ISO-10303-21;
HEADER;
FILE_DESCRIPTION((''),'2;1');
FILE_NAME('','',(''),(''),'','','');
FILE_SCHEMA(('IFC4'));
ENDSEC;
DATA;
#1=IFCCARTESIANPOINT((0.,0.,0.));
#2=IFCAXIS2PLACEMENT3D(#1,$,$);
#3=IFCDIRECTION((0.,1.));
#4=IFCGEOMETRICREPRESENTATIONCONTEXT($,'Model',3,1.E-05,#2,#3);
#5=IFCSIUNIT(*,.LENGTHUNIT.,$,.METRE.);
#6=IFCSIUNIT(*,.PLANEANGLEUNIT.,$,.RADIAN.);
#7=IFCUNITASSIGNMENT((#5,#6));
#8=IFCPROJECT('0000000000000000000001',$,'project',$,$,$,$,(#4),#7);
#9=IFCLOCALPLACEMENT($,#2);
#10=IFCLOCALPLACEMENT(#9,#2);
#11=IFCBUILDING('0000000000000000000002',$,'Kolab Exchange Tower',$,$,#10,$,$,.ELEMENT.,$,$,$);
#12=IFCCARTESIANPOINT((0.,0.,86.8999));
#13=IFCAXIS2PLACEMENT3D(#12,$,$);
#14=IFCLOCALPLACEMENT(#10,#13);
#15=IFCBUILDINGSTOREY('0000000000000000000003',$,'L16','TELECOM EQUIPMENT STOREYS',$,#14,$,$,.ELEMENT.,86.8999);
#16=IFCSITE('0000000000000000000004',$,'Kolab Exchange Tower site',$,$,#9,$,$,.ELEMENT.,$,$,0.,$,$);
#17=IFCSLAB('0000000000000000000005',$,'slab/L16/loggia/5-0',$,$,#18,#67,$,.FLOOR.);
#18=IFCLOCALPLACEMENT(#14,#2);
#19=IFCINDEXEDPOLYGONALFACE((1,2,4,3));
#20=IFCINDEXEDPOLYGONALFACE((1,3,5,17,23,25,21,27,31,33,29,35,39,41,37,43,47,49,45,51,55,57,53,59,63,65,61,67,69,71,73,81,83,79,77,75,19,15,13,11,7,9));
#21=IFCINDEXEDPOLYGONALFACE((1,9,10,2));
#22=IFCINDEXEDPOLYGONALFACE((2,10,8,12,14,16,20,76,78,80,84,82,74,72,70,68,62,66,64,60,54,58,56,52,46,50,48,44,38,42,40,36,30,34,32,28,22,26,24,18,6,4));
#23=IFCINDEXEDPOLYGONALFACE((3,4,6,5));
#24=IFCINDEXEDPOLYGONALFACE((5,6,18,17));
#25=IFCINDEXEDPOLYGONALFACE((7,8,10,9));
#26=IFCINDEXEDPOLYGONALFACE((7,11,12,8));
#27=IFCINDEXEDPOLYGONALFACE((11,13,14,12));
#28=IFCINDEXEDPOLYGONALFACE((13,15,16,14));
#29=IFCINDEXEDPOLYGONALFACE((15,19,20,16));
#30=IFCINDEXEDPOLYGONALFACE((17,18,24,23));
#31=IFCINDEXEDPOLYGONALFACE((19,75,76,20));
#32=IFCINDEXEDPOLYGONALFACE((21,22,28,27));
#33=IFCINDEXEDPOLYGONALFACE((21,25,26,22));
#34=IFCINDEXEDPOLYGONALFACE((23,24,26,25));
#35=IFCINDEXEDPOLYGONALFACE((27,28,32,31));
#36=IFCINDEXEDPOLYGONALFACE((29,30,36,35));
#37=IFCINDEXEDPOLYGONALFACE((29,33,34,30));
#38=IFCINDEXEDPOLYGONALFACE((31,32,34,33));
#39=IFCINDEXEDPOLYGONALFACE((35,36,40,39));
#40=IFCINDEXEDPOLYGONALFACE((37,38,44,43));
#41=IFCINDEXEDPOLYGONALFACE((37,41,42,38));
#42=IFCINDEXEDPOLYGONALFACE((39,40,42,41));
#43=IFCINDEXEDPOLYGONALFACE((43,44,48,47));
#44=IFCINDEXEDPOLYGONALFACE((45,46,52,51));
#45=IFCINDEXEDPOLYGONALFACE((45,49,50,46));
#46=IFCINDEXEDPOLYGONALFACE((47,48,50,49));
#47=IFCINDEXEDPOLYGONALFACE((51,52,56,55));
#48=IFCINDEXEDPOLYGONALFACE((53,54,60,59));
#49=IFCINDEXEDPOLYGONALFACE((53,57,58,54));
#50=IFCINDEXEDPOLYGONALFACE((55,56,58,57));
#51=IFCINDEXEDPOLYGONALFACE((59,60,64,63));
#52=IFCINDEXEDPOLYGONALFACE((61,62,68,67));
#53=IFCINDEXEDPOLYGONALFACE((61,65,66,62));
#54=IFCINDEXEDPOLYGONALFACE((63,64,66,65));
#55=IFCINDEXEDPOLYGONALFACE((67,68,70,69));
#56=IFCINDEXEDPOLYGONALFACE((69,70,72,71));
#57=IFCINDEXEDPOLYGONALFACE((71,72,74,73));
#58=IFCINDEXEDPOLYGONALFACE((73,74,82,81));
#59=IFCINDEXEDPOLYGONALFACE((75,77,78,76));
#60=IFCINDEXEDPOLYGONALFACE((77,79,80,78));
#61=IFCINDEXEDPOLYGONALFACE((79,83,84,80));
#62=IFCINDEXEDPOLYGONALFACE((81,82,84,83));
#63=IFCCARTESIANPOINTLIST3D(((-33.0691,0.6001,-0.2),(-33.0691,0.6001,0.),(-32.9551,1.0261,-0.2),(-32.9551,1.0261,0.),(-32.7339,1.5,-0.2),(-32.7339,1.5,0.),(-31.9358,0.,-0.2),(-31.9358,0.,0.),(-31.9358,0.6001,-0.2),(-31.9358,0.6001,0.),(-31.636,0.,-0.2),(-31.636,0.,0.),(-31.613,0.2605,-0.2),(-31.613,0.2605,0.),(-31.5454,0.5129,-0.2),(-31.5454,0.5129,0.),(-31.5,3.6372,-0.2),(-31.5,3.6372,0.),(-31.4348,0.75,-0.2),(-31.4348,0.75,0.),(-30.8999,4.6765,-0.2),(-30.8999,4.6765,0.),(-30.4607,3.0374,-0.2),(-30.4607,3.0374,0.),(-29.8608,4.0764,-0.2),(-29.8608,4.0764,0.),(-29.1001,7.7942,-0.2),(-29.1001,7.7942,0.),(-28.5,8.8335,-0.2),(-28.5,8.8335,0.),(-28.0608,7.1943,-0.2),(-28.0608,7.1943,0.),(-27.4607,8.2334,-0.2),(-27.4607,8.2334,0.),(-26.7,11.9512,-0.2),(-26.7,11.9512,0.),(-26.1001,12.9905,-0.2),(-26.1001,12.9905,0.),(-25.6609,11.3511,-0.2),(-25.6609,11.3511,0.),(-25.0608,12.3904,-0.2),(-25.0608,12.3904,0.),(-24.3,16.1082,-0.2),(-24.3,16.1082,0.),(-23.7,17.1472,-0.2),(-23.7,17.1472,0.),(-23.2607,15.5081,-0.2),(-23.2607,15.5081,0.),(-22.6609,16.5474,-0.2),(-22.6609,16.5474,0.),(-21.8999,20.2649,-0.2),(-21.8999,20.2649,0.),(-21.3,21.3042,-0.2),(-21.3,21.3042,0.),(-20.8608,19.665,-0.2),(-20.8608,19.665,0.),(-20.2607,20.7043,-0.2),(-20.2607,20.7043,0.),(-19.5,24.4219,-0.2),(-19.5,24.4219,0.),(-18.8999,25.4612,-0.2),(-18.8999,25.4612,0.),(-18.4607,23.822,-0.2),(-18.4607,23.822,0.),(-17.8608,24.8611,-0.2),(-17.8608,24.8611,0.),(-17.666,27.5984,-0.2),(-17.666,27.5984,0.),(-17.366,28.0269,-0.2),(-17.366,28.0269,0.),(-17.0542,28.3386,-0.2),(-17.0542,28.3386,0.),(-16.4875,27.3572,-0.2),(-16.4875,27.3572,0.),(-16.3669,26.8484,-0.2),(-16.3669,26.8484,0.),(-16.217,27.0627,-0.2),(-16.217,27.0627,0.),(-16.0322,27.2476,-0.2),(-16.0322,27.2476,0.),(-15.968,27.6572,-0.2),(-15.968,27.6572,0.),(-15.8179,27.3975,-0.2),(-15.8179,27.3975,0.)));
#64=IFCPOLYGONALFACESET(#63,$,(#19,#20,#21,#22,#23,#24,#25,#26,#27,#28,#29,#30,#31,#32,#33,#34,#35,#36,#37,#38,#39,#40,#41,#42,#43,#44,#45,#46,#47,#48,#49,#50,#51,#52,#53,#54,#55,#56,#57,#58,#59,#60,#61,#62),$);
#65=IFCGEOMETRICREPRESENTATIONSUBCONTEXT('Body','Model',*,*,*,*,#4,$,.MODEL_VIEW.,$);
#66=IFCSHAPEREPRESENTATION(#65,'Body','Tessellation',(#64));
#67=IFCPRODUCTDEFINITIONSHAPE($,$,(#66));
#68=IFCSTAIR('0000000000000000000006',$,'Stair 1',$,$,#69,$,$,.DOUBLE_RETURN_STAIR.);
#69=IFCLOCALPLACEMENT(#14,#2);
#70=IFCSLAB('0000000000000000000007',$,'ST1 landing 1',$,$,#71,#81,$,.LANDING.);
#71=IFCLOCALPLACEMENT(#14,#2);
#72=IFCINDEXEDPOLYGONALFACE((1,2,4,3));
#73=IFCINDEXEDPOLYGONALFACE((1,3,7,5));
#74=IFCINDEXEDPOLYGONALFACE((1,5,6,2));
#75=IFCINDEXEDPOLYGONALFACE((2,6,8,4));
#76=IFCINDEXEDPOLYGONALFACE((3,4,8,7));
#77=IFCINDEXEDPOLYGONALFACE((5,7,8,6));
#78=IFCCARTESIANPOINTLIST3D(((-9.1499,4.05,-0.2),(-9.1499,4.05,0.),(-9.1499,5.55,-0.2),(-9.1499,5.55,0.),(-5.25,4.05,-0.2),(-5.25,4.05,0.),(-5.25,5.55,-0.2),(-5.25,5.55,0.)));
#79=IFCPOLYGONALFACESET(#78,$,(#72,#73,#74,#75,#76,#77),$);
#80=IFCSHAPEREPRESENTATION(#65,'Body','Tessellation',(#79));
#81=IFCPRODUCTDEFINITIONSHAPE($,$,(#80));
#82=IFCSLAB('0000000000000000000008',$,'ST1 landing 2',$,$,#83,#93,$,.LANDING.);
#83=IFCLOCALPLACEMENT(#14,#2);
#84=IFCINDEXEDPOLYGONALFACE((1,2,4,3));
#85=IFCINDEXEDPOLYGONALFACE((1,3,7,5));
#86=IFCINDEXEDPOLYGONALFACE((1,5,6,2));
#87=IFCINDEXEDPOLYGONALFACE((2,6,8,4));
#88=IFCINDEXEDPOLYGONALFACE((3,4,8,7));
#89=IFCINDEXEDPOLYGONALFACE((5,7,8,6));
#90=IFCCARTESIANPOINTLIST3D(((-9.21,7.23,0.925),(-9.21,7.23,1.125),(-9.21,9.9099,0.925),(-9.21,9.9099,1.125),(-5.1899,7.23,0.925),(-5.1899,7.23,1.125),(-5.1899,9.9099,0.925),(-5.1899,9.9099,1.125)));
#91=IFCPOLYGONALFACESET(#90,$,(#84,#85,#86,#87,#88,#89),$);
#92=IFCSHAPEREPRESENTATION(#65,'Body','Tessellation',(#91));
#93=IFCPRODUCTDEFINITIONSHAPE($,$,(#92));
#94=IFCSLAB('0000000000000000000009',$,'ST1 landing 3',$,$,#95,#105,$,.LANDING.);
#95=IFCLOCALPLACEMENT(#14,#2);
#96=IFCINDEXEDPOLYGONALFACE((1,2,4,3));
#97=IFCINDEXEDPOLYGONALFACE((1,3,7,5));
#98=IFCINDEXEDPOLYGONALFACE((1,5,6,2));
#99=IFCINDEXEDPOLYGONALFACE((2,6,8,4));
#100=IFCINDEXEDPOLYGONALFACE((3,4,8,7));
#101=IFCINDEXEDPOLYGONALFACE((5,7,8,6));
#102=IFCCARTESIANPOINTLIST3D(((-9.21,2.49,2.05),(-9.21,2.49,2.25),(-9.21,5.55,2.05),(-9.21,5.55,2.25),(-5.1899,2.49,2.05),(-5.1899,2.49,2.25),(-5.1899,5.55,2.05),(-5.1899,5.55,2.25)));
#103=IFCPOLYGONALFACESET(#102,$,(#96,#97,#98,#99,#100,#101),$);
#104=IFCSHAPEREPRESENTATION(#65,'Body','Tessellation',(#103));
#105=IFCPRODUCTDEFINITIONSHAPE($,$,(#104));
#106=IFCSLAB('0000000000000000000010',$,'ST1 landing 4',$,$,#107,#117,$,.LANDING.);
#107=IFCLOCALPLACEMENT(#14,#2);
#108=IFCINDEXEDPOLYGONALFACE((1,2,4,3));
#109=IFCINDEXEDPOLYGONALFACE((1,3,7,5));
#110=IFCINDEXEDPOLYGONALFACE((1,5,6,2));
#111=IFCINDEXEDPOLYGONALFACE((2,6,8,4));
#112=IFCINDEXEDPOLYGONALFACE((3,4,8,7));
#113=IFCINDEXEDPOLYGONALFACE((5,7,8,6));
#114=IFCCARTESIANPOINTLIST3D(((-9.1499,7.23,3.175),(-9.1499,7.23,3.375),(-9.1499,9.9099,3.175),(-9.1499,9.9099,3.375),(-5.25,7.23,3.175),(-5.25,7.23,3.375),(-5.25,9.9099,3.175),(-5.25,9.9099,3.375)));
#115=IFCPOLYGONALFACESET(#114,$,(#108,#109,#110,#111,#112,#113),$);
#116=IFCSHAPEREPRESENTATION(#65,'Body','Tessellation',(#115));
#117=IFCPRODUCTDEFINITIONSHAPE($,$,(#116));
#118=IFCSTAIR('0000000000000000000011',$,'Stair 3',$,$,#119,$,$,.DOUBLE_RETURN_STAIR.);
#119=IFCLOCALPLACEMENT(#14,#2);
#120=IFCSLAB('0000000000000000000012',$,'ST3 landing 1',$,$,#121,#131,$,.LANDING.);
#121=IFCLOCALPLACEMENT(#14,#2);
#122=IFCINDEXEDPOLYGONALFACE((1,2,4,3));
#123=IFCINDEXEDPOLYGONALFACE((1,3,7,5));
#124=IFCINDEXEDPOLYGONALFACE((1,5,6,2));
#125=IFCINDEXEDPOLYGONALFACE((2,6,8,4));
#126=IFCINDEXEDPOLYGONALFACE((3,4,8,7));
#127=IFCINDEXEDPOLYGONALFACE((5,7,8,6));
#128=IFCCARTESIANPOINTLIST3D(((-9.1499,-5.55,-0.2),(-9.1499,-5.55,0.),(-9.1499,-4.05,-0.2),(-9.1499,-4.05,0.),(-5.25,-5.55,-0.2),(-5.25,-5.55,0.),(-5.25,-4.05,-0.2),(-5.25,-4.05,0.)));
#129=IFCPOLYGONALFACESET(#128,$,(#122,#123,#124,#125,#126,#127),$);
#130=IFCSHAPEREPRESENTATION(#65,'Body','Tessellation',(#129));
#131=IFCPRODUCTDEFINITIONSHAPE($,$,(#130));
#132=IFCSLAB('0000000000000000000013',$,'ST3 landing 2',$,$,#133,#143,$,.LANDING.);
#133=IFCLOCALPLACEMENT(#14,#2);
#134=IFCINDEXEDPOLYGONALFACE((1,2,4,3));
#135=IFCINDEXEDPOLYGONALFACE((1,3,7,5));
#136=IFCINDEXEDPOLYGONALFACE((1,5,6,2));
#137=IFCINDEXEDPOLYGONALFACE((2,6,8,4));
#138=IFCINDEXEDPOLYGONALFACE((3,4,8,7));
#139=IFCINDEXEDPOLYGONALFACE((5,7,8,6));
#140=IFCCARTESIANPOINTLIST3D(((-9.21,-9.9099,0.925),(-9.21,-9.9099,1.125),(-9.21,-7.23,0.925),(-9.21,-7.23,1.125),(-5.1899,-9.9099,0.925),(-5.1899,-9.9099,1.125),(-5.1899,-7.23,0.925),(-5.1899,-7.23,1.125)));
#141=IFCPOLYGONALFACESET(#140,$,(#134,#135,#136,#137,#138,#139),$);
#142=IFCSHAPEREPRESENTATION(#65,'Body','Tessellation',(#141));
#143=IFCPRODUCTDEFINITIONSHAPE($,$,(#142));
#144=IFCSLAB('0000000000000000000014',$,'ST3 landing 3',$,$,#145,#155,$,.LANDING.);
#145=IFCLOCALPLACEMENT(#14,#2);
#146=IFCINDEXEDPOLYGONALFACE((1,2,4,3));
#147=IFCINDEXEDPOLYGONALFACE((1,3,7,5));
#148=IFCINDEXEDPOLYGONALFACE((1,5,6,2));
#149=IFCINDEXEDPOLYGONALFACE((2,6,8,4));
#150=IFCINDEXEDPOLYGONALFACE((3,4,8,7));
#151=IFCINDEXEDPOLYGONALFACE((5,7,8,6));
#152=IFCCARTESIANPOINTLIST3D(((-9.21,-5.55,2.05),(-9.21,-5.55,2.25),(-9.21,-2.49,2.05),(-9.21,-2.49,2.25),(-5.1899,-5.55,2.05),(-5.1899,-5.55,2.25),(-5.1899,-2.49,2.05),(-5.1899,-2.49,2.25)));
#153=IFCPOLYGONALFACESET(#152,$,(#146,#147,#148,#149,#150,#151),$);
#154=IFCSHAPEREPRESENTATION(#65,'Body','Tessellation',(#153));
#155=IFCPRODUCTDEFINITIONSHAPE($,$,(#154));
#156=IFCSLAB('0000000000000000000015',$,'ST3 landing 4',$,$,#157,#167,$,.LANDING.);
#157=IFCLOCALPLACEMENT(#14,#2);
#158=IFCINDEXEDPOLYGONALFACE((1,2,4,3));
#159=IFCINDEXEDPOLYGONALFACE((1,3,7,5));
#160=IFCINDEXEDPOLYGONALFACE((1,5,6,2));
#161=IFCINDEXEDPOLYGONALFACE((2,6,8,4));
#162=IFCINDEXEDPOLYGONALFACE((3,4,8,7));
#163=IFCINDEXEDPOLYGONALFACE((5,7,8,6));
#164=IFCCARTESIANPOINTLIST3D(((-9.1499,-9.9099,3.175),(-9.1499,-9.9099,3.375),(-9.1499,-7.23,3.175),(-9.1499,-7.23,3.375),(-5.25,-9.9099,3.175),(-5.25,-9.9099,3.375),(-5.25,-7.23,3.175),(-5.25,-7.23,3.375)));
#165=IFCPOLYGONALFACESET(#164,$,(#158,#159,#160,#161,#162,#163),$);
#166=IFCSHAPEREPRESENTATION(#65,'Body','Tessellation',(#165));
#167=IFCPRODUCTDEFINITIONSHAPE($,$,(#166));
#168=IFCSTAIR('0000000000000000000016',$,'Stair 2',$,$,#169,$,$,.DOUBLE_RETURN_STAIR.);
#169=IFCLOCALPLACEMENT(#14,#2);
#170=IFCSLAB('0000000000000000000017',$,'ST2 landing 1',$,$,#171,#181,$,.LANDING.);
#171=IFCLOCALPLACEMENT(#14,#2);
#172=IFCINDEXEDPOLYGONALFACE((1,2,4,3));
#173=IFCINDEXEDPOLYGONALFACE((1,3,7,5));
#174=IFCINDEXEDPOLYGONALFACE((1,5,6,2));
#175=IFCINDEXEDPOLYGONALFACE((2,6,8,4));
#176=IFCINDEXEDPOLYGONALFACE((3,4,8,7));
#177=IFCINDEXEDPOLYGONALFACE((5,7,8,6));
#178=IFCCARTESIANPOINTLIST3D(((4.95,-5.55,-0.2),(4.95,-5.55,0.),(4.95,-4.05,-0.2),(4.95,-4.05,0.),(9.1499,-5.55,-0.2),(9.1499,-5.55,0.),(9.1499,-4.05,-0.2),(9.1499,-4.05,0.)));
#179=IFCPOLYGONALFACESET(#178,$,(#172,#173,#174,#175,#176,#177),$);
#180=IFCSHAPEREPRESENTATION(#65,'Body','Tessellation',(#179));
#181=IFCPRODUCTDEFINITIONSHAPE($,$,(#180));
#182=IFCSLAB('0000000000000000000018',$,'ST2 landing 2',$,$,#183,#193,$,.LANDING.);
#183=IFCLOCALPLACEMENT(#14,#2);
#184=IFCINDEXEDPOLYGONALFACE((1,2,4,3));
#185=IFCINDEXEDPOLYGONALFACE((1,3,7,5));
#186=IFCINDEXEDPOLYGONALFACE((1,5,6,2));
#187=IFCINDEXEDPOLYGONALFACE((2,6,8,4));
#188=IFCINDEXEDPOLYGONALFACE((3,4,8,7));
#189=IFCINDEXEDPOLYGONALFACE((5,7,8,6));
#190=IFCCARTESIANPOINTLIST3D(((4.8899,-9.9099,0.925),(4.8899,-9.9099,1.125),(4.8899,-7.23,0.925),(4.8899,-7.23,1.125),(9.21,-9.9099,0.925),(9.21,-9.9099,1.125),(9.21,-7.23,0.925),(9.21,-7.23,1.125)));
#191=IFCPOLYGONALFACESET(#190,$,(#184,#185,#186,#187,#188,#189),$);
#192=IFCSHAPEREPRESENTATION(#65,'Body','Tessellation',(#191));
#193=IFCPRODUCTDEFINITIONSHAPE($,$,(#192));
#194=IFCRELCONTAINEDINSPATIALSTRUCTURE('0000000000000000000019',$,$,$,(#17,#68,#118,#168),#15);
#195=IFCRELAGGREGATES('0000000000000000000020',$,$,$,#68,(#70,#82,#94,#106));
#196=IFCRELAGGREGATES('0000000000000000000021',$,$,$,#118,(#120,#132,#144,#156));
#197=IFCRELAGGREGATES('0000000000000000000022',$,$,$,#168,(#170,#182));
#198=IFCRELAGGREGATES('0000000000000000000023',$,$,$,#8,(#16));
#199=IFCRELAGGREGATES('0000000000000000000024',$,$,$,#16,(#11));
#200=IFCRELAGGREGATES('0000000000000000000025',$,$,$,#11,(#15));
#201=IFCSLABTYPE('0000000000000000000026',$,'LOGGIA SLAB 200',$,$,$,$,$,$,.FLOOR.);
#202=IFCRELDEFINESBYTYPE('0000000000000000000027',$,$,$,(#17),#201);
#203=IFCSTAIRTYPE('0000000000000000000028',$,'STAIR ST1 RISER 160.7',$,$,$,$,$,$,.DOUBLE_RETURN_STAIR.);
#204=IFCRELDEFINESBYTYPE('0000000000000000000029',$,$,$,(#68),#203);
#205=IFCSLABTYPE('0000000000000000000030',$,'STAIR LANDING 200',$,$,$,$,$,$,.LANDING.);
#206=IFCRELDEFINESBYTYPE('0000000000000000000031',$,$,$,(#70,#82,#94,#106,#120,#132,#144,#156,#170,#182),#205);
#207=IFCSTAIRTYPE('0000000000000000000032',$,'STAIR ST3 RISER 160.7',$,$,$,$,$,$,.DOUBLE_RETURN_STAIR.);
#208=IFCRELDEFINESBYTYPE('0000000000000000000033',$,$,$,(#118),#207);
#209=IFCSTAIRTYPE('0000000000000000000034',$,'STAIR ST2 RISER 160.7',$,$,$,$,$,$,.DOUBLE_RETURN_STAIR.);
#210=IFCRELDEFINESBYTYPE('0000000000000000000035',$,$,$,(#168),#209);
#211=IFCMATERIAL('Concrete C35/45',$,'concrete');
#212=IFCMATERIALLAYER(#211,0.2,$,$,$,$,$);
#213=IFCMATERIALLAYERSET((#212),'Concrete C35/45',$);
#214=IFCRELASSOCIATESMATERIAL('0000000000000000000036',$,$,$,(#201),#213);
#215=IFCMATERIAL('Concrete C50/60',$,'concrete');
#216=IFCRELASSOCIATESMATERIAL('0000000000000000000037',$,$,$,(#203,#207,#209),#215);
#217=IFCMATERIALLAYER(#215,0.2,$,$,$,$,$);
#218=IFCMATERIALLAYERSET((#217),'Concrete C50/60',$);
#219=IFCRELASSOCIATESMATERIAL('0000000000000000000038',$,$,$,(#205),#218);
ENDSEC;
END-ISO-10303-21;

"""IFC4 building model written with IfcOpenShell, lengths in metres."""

from ifc_helpers import new_model, si_unit, direction, frame, origin, place, context, subcontext, project, spatial, polyline, outline, extrude, material, layer, layer_set, type_object, element, aggregate, save


model = new_model("IFC4")

# Units and contexts
model_context = context("Model", 3, precision=1e-05, world=origin(), true_north=direction((0.0, 1.0)))
body_context = subcontext(model_context, "Body", "Model", "MODEL_VIEW")
ifc_project = project(units=[si_unit("LENGTHUNIT", "METRE"), si_unit("PLANEANGLEUNIT", "RADIAN")], contexts=[model_context])

# Site, building, storey
site_placement = place(None, origin())
site = spatial("IfcSite", under=ifc_project, at=site_placement, Name="Kolab Exchange Tower site", CompositionType="ELEMENT", RefElevation=0.0)
building_placement = place(site_placement, origin())
building = spatial("IfcBuilding", under=site, at=building_placement, Name="Kolab Exchange Tower", CompositionType="ELEMENT")
storey_placement = place(building_placement, frame((0.0, 0.0, 86.8999)))
storey = spatial("IfcBuildingStorey", under=building, at=storey_placement, Name="L16", Description="TELECOM EQUIPMENT STOREYS", CompositionType="ELEMENT", Elevation=86.8999)

# Slab
ifc_material_1 = material(Name="Concrete C35/45", Category="concrete")
ifc_layer_1 = layer(ifc_material_1, 0.2)
ifc_layer_set_1 = layer_set([ifc_layer_1], Name="Concrete C35/45")
slab_type_1 = type_object("IfcSlabType", Name="LOGGIA SLAB 200", PredefinedType="FLOOR", material=ifc_layer_set_1)
slab_1_placement = place(storey_placement, frame((0.0, 0.0, -0.2)))
element("IfcSlab", 1, at=slab_1_placement, inside=storey, type_object=slab_type_1, Name="slab/L16/loggia/5-0", PredefinedType="FLOOR", context=body_context, shape_type="SweptSolid", body=[
    extrude(outline(polyline([(-15.8179, 27.3975), (-15.968, 27.6572), (-16.4875, 27.3572), (-17.0542, 28.3386), (-17.366, 28.0269), (-17.666, 27.5984), (-18.8999, 25.4612), (-17.8608, 24.8611), (-18.4607, 23.822), (-19.5, 24.4219), (-21.3, 21.3042), (-20.2607, 20.7043), (-20.8608, 19.665), (-21.8999, 20.2649), (-23.7, 17.1472), (-22.6609, 16.5474), (-23.2607, 15.5081), (-24.3, 16.1082), (-26.1001, 12.9905), (-25.0608, 12.3904), (-25.6609, 11.3511), (-26.7, 11.9512), (-28.5, 8.8335), (-27.4607, 8.2334), (-28.0608, 7.1943), (-29.1001, 7.7942), (-30.8999, 4.6765), (-29.8608, 4.0764), (-30.4607, 3.0374), (-31.5, 3.6372), (-32.7339, 1.5), (-32.9551, 1.0261), (-33.0691, 0.6001), (-31.9358, 0.6001), (-31.9358, 0.0), (-31.636, 0.0), (-31.613, 0.2605), (-31.5454, 0.5129), (-31.4348, 0.75), (-16.3669, 26.8484), (-16.217, 27.0627), (-16.0322, 27.2476), (-15.8179, 27.3975)])), origin(), (0.0, 0.0, 1.0), 0.2),
])

# Stairs, slabs
ifc_material_2 = material(Name="Concrete C50/60", Category="concrete")
stair_type_1 = type_object("IfcStairType", Name="STAIR ST1 RISER 160.7", PredefinedType="DOUBLE_RETURN_STAIR", material=ifc_material_2)
stair_1_placement = place(storey_placement, origin())
stair_1 = element("IfcStair", 2, at=stair_1_placement, inside=storey, type_object=stair_type_1, Name="Stair 1", PredefinedType="DOUBLE_RETURN_STAIR")
ifc_layer_2 = layer(ifc_material_2, 0.2)
ifc_layer_set_2 = layer_set([ifc_layer_2], Name="Concrete C50/60")
slab_type_2 = type_object("IfcSlabType", Name="STAIR LANDING 200", PredefinedType="LANDING", material=ifc_layer_set_2)
slab_2_placement = place(storey_placement, frame((0.0, 0.0, -0.2)))
slab_2 = element("IfcSlab", 3, at=slab_2_placement, type_object=slab_type_2, Name="ST1 landing 1", PredefinedType="LANDING", context=body_context, shape_type="SweptSolid", body=[
    extrude(outline(polyline([(-9.1499, 4.05), (-5.25, 4.05), (-5.25, 5.55), (-9.1499, 5.55), (-9.1499, 4.05)])), origin(), (0.0, 0.0, 1.0), 0.2),
])
slab_3_placement = place(storey_placement, frame((0.0, 0.0, 0.925)))
slab_3 = element("IfcSlab", 4, at=slab_3_placement, type_object=slab_type_2, Name="ST1 landing 2", PredefinedType="LANDING", context=body_context, shape_type="SweptSolid", body=[
    extrude(outline(polyline([(-9.21, 7.23), (-5.1899, 7.23), (-5.1899, 9.9099), (-9.21, 9.9099), (-9.21, 7.23)])), origin(), (0.0, 0.0, 1.0), 0.2),
])
slab_4_placement = place(storey_placement, frame((0.0, 0.0, 2.05)))
slab_4 = element("IfcSlab", 5, at=slab_4_placement, type_object=slab_type_2, Name="ST1 landing 3", PredefinedType="LANDING", context=body_context, shape_type="SweptSolid", body=[
    extrude(outline(polyline([(-9.21, 2.49), (-5.1899, 2.49), (-5.1899, 5.55), (-9.21, 5.55), (-9.21, 2.49)])), origin(), (0.0, 0.0, 1.0), 0.2),
])
slab_5_placement = place(storey_placement, frame((0.0, 0.0, 3.175)))
slab_5 = element("IfcSlab", 6, at=slab_5_placement, type_object=slab_type_2, Name="ST1 landing 4", PredefinedType="LANDING", context=body_context, shape_type="SweptSolid", body=[
    extrude(outline(polyline([(-9.1499, 7.23), (-5.25, 7.23), (-5.25, 9.9099), (-9.1499, 9.9099), (-9.1499, 7.23)])), origin(), (0.0, 0.0, 1.0), 0.2),
])
aggregate(stair_1, [slab_2, slab_3, slab_4, slab_5])
stair_type_2 = type_object("IfcStairType", Name="STAIR ST3 RISER 160.7", PredefinedType="DOUBLE_RETURN_STAIR", material=ifc_material_2)
stair_2_placement = place(storey_placement, origin())
stair_2 = element("IfcStair", 7, at=stair_2_placement, inside=storey, type_object=stair_type_2, Name="Stair 3", PredefinedType="DOUBLE_RETURN_STAIR")
slab_6_placement = place(storey_placement, frame((0.0, 0.0, -0.2)))
slab_6 = element("IfcSlab", 8, at=slab_6_placement, type_object=slab_type_2, Name="ST3 landing 1", PredefinedType="LANDING", context=body_context, shape_type="SweptSolid", body=[
    extrude(outline(polyline([(-9.1499, -5.55), (-5.25, -5.55), (-5.25, -4.05), (-9.1499, -4.05), (-9.1499, -5.55)])), origin(), (0.0, 0.0, 1.0), 0.2),
])
slab_7_placement = place(storey_placement, frame((0.0, 0.0, 0.925)))
slab_7 = element("IfcSlab", 9, at=slab_7_placement, type_object=slab_type_2, Name="ST3 landing 2", PredefinedType="LANDING", context=body_context, shape_type="SweptSolid", body=[
    extrude(outline(polyline([(-9.21, -9.9099), (-5.1899, -9.9099), (-5.1899, -7.23), (-9.21, -7.23), (-9.21, -9.9099)])), origin(), (0.0, 0.0, 1.0), 0.2),
])
slab_8_placement = place(storey_placement, frame((0.0, 0.0, 2.05)))
slab_8 = element("IfcSlab", 10, at=slab_8_placement, type_object=slab_type_2, Name="ST3 landing 3", PredefinedType="LANDING", context=body_context, shape_type="SweptSolid", body=[
    extrude(outline(polyline([(-9.21, -5.55), (-5.1899, -5.55), (-5.1899, -2.49), (-9.21, -2.49), (-9.21, -5.55)])), origin(), (0.0, 0.0, 1.0), 0.2),
])
slab_9_placement = place(storey_placement, frame((0.0, 0.0, 3.175)))
slab_9 = element("IfcSlab", 11, at=slab_9_placement, type_object=slab_type_2, Name="ST3 landing 4", PredefinedType="LANDING", context=body_context, shape_type="SweptSolid", body=[
    extrude(outline(polyline([(-9.1499, -9.9099), (-5.25, -9.9099), (-5.25, -7.23), (-9.1499, -7.23), (-9.1499, -9.9099)])), origin(), (0.0, 0.0, 1.0), 0.2),
])
aggregate(stair_2, [slab_6, slab_7, slab_8, slab_9])
stair_type_3 = type_object("IfcStairType", Name="STAIR ST2 RISER 160.7", PredefinedType="DOUBLE_RETURN_STAIR", material=ifc_material_2)
stair_3_placement = place(storey_placement, origin())
stair_3 = element("IfcStair", 12, at=stair_3_placement, inside=storey, type_object=stair_type_3, Name="Stair 2", PredefinedType="DOUBLE_RETURN_STAIR")
slab_10_placement = place(storey_placement, frame((0.0, 0.0, -0.2)))
slab_10 = element("IfcSlab", 13, at=slab_10_placement, type_object=slab_type_2, Name="ST2 landing 1", PredefinedType="LANDING", context=body_context, shape_type="SweptSolid", body=[
    extrude(outline(polyline([(4.95, -5.55), (9.1499, -5.55), (9.1499, -4.05), (4.95, -4.05), (4.95, -5.55)])), origin(), (0.0, 0.0, 1.0), 0.2),
])
slab_11_placement = place(storey_placement, frame((0.0, 0.0, 0.925)))
slab_11 = element("IfcSlab", 14, at=slab_11_placement, type_object=slab_type_2, Name="ST2 landing 2", PredefinedType="LANDING", context=body_context, shape_type="SweptSolid", body=[
    extrude(outline(polyline([(4.8899, -9.9099), (9.21, -9.9099), (9.21, -7.23), (4.8899, -7.23), (4.8899, -9.9099)])), origin(), (0.0, 0.0, 1.0), 0.2),
])
aggregate(stair_3, [slab_10, slab_11])

save(model, "model.ifc")
